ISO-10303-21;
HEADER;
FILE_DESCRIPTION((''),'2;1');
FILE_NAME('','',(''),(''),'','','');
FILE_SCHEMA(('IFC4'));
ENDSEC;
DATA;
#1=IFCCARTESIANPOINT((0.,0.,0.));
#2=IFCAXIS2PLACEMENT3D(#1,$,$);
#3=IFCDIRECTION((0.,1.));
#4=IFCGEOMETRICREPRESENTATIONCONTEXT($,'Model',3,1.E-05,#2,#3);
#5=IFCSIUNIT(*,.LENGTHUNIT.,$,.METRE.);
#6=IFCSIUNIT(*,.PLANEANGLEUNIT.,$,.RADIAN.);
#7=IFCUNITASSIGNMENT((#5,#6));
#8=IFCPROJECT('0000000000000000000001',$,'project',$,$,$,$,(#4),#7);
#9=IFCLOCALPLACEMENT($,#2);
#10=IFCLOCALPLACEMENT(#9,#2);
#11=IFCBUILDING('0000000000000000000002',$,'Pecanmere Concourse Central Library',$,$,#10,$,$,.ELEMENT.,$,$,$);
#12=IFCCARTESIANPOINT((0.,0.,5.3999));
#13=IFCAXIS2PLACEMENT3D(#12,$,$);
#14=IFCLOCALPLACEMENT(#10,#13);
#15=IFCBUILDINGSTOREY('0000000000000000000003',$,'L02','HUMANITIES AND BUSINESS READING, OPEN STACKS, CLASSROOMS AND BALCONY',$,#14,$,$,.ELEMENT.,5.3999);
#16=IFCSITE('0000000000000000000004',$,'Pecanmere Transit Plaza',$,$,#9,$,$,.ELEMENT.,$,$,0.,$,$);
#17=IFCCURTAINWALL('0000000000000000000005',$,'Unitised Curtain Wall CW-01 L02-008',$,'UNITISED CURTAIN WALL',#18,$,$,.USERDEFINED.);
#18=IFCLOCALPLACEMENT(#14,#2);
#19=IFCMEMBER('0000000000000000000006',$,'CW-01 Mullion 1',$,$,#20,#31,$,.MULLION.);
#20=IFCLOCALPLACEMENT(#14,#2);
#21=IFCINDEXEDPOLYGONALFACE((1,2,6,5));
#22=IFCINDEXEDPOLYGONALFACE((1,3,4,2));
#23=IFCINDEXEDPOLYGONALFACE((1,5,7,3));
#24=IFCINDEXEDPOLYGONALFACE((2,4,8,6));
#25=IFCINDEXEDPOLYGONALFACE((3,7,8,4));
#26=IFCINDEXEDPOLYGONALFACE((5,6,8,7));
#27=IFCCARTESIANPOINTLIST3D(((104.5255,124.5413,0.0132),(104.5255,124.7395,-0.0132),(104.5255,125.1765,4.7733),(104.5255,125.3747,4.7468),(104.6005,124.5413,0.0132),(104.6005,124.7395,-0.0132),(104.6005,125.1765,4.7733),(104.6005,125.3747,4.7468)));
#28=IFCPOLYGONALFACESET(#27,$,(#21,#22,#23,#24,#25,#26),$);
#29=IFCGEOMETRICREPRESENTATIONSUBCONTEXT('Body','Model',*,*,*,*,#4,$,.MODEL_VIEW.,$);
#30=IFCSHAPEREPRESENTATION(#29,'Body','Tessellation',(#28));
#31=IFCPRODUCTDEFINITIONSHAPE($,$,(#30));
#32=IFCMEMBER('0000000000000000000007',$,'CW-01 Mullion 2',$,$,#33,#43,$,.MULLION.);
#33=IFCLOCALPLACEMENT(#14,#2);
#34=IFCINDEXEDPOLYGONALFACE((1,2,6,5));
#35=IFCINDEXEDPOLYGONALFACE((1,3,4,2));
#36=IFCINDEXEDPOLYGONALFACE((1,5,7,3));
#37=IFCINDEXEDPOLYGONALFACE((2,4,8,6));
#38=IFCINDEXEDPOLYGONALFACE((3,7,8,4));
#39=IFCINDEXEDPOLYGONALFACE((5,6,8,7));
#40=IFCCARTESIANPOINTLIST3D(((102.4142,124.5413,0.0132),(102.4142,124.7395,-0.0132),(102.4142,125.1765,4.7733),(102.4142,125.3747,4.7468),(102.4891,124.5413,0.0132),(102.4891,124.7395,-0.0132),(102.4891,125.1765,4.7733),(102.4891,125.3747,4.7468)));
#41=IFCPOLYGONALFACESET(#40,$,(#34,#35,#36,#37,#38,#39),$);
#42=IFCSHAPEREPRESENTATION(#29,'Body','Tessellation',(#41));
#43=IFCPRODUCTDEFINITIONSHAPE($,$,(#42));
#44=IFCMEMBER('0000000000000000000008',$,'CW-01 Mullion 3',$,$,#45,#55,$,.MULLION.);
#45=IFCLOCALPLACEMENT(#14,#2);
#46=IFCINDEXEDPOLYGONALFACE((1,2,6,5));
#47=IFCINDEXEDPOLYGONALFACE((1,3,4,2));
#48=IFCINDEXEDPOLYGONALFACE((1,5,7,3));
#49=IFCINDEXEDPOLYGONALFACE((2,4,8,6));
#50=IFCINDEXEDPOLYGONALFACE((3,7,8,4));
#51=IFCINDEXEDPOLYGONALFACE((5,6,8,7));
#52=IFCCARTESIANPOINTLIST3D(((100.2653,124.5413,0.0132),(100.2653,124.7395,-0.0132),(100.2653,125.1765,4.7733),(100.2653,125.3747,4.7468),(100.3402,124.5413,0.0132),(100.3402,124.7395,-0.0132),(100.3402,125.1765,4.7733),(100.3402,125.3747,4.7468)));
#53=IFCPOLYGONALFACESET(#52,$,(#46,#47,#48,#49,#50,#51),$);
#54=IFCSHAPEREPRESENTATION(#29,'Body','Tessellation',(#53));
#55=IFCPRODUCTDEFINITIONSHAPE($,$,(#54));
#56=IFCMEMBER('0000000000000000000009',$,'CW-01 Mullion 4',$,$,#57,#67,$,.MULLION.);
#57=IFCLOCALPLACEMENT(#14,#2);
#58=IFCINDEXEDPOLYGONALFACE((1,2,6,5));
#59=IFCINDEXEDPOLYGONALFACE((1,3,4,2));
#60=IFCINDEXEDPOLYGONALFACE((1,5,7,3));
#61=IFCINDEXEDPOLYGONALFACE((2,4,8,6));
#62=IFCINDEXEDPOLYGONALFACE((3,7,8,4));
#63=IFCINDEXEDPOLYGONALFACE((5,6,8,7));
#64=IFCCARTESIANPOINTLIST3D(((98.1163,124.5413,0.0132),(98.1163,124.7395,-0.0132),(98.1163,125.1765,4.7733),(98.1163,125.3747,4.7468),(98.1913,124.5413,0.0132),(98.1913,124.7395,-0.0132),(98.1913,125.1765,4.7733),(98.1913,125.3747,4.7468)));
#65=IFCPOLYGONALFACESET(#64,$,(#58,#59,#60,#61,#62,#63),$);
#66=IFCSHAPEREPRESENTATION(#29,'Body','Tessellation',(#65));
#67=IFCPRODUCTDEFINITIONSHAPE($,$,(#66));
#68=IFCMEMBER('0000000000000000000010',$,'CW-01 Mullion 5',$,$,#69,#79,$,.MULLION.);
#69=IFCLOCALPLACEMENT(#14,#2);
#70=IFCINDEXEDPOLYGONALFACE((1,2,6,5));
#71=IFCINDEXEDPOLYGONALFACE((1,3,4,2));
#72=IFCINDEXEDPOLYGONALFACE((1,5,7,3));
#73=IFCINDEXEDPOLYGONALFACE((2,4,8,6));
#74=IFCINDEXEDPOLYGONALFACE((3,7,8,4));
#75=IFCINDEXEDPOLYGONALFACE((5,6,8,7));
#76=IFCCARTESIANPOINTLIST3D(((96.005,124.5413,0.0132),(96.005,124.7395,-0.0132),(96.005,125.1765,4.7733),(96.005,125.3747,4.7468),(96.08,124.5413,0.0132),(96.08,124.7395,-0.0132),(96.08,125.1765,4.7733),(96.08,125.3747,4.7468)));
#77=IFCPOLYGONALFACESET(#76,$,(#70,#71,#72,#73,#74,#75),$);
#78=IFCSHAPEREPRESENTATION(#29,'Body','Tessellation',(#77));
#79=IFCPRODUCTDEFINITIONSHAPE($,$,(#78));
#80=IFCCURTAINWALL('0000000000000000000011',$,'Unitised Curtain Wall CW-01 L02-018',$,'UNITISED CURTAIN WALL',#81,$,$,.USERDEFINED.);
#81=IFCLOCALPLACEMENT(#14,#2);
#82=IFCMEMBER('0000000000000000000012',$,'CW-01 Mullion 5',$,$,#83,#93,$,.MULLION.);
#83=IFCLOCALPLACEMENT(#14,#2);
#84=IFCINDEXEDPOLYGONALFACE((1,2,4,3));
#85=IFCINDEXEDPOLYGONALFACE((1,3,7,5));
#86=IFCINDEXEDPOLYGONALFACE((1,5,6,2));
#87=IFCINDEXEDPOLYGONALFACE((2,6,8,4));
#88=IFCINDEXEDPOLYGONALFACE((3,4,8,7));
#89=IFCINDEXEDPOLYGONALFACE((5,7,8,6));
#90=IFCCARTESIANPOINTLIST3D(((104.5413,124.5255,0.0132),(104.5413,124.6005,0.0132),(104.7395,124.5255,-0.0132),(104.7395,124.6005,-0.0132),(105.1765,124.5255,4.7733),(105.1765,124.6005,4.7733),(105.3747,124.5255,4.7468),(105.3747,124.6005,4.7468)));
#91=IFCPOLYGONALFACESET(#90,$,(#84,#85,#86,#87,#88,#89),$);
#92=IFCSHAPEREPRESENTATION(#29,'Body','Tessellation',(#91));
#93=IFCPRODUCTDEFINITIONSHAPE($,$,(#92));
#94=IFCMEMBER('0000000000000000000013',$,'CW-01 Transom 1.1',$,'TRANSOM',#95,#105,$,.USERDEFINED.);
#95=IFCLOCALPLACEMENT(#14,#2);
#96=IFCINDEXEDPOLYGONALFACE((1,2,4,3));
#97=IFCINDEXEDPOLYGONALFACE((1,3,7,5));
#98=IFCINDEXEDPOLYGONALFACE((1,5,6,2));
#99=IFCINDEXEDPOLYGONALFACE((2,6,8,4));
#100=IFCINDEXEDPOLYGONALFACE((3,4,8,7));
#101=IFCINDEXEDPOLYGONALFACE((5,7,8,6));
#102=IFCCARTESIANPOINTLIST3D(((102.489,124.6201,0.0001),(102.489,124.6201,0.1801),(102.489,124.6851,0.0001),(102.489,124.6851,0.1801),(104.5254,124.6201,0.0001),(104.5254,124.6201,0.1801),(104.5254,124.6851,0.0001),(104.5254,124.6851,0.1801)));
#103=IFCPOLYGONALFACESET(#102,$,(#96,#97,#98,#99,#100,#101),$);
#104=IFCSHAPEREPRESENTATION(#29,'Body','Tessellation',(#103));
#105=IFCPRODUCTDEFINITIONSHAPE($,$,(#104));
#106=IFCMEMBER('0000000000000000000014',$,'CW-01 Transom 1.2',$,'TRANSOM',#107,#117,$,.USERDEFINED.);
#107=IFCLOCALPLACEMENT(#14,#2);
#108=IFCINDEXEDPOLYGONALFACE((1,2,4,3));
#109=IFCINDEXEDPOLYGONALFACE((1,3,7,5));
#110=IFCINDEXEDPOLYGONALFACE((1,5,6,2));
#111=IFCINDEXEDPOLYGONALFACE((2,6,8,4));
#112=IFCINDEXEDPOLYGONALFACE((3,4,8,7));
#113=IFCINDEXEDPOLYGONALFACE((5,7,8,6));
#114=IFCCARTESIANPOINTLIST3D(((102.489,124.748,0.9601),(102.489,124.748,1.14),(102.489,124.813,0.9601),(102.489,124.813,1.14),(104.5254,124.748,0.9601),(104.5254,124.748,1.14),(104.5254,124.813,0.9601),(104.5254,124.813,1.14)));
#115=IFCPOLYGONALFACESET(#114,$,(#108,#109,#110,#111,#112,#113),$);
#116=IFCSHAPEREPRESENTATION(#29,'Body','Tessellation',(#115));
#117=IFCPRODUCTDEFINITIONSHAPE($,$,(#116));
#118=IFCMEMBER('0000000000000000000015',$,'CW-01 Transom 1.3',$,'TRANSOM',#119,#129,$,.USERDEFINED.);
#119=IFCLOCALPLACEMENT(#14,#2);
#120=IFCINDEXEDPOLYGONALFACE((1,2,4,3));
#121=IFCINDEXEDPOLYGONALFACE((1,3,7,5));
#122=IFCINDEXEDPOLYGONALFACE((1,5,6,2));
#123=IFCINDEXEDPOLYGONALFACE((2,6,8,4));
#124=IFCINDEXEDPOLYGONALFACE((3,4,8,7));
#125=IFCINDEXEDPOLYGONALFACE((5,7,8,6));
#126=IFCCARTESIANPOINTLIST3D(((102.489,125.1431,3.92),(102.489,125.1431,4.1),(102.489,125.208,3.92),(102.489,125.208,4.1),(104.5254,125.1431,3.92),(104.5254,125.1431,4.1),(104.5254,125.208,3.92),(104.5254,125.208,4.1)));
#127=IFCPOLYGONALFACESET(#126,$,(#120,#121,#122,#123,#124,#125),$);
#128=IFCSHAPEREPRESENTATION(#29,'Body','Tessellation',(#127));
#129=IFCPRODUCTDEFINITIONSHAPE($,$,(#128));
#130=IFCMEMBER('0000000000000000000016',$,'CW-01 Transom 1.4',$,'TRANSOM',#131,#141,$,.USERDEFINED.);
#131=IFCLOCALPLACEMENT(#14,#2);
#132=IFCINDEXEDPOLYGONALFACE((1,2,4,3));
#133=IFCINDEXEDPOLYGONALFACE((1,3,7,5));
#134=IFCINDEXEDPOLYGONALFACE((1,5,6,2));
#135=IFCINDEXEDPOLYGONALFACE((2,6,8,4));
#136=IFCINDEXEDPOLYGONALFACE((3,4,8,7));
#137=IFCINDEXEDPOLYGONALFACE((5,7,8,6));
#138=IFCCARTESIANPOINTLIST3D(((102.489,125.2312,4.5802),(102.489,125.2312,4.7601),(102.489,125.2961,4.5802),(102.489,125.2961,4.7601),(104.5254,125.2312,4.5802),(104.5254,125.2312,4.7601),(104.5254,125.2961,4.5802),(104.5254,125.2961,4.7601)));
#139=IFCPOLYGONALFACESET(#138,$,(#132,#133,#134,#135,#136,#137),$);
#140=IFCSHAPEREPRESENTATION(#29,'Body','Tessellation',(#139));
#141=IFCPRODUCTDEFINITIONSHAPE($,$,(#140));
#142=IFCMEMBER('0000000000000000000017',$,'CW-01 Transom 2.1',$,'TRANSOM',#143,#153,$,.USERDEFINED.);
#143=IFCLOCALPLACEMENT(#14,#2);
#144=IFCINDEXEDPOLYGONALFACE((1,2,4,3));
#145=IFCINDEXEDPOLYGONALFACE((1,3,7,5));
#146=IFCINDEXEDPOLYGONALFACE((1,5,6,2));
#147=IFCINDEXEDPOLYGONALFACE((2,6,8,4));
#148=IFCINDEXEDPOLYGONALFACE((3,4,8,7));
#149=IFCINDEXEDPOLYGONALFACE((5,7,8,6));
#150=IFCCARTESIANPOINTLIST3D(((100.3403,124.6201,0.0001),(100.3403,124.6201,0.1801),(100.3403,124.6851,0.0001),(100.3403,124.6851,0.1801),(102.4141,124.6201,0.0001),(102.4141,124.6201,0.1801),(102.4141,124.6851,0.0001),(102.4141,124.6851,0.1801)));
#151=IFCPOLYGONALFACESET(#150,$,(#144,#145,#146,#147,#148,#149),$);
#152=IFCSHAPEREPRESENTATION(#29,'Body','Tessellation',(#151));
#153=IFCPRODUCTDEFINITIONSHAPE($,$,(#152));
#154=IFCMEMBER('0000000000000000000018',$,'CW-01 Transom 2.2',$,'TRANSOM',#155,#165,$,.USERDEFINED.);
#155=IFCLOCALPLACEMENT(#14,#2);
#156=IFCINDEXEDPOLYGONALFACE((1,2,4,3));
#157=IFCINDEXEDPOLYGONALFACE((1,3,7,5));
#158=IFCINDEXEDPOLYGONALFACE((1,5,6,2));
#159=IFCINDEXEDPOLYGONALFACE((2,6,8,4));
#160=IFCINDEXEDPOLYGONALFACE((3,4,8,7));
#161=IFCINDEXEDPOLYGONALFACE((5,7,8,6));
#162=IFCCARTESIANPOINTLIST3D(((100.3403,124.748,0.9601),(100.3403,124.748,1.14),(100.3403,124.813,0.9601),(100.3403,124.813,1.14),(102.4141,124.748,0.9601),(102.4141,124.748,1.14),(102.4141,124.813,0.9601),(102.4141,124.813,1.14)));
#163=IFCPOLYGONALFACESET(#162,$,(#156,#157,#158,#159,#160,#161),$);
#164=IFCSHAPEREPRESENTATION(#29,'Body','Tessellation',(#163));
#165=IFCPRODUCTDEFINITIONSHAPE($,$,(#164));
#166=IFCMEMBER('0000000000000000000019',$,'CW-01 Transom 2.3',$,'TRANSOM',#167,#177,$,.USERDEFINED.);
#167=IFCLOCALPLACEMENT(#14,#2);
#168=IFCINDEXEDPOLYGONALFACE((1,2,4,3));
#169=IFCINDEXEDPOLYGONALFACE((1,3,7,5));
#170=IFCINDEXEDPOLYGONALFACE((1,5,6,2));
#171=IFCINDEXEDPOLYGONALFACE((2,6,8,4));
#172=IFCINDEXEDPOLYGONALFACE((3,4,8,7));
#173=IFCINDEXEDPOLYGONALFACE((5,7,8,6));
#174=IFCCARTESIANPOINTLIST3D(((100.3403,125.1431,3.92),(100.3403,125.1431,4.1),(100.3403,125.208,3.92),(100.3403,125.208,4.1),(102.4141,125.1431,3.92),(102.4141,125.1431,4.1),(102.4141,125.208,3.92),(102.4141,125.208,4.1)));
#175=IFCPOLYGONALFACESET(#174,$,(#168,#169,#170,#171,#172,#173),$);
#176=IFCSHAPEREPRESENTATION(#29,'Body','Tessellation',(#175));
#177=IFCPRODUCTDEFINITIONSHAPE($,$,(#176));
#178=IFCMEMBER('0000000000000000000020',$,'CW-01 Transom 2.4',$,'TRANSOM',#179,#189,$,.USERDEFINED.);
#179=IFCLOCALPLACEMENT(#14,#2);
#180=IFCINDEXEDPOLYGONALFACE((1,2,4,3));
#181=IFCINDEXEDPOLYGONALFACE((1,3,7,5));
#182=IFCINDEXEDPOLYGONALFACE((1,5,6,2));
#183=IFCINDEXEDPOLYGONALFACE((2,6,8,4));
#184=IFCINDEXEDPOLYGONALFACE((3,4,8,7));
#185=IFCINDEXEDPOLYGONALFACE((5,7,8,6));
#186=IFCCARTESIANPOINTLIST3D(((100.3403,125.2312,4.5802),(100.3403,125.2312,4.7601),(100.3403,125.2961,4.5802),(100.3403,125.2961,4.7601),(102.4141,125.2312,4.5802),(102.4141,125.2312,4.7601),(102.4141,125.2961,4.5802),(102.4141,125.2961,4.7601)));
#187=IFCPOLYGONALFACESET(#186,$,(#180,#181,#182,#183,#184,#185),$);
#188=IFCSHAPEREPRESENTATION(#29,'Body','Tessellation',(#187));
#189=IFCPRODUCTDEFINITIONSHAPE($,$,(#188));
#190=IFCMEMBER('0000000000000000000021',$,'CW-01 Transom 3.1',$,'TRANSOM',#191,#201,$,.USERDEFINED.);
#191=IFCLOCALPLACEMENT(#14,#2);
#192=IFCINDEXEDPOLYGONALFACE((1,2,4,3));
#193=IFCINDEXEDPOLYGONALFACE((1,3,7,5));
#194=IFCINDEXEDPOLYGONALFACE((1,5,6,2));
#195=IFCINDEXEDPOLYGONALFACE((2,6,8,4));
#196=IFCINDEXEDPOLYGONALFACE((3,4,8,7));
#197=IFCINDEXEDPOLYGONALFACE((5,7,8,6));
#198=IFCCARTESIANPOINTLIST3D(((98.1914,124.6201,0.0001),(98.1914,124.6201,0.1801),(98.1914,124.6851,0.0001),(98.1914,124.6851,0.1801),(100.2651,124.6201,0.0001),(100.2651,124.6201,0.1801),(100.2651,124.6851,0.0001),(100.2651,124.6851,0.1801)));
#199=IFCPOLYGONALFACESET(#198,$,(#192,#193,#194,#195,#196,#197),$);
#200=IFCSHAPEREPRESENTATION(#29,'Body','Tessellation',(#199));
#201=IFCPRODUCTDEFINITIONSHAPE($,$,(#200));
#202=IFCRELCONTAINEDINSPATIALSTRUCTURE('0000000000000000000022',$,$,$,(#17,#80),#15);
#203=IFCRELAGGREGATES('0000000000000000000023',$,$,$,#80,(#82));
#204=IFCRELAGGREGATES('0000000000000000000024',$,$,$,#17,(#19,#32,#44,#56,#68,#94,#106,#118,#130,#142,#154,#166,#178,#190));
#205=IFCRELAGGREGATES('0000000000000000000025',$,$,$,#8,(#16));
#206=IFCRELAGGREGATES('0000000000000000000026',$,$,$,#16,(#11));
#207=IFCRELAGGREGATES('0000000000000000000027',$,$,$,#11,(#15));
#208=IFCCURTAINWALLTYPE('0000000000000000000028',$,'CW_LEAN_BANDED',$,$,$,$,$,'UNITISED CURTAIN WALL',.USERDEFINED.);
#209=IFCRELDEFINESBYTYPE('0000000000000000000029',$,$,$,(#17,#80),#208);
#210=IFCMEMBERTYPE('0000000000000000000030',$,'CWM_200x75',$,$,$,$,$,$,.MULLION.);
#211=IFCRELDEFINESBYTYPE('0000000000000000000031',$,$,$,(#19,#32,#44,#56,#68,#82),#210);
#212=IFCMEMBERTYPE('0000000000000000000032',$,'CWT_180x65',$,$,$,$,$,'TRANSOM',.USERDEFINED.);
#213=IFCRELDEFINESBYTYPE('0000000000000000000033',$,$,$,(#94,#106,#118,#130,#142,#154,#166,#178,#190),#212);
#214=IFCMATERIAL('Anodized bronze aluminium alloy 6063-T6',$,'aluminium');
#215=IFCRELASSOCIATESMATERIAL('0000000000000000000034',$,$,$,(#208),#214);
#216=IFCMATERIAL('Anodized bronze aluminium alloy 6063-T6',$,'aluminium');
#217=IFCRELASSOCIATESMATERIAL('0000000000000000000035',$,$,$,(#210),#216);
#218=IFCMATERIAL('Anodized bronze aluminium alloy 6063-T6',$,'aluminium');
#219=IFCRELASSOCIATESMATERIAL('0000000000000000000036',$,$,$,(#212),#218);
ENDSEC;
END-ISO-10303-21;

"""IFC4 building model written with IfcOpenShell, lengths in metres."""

from ifc_helpers import new_model, si_unit, direction, frame, origin, origin_2d, place, context, subcontext, project, spatial, rectangle, extrude, material, material_profile, profile_set, type_object, element, aggregate, save


model = new_model("IFC4")

# Units and contexts
model_context = context("Model", 3, precision=1e-05, world=origin(), true_north=direction((0.0, 1.0)))
body_context = subcontext(model_context, "Body", "Model", "MODEL_VIEW")
ifc_project = project(units=[si_unit("LENGTHUNIT", "METRE"), si_unit("PLANEANGLEUNIT", "RADIAN")], contexts=[model_context])

# Site, building, storey
site_placement = place(None, origin())
site = spatial("IfcSite", under=ifc_project, at=site_placement, Name="Pecanmere Transit Plaza", CompositionType="ELEMENT", RefElevation=0.0)
building_placement = place(site_placement, origin())
building = spatial("IfcBuilding", under=site, at=building_placement, Name="Pecanmere Concourse Central Library", CompositionType="ELEMENT")
storey_placement = place(building_placement, frame((0.0, 0.0, 5.3999)))
storey = spatial("IfcBuildingStorey", under=building, at=storey_placement, Name="L02", Description="HUMANITIES AND BUSINESS READING, OPEN STACKS, CLASSROOMS AND BALCONY", CompositionType="ELEMENT", Elevation=5.3999)

# Curtain wall, members
ifc_material_1 = material(Name="Anodized bronze aluminium alloy 6063-T6", Category="aluminium")
curtain_wall_type = type_object("IfcCurtainWallType", Name="CW_LEAN_BANDED", ElementType="UNITISED CURTAIN WALL", PredefinedType="USERDEFINED", material=ifc_material_1)
curtain_wall_1_placement = place(storey_placement, origin())
curtain_wall_1 = element("IfcCurtainWall", 1, at=curtain_wall_1_placement, inside=storey, type_object=curtain_wall_type, Name="Unitised Curtain Wall CW-01 L02-008", ObjectType="UNITISED CURTAIN WALL", PredefinedType="USERDEFINED")
ifc_material_2 = material(Name="Anodized bronze aluminium alloy 6063-T6", Category="aluminium")
ifc_material_profile_1 = material_profile(ifc_material_2, rectangle(XDim=0.075, YDim=0.2, at=origin_2d()), Name="AL 75x200")
ifc_profile_set_1 = profile_set([ifc_material_profile_1], Name="Anodized bronze aluminium alloy 6063-T6")
member_type_1 = type_object("IfcMemberType", Name="CWM_200x75", PredefinedType="MULLION", material=ifc_profile_set_1)
member_1_placement = place(storey_placement, frame((104.563, 124.6404, 0.0), z_axis=(0.0, 0.132284, 0.991212), x_axis=(-1.0, 0.0, 0.0)))
member_1 = element("IfcMember", 2, at=member_1_placement, type_object=member_type_1, Name="CW-01 Mullion 1", PredefinedType="MULLION", context=body_context, shape_type="SweptSolid", body=[
    extrude(rectangle(XDim=0.075, YDim=0.2, at=origin_2d()), origin(), (0.0, 0.0, 1.0), 4.8022),
])
member_2_placement = place(storey_placement, frame((102.4517, 124.6404, 0.0), z_axis=(0.0, 0.132284, 0.991212), x_axis=(-1.0, 0.0, 0.0)))
member_2 = element("IfcMember", 3, at=member_2_placement, type_object=member_type_1, Name="CW-01 Mullion 2", PredefinedType="MULLION", context=body_context, shape_type="SweptSolid", body=[
    extrude(rectangle(XDim=0.075, YDim=0.2, at=origin_2d()), origin(), (0.0, 0.0, 1.0), 4.8022),
])
member_3_placement = place(storey_placement, frame((100.3027, 124.6404, 0.0), z_axis=(0.0, 0.132284, 0.991212), x_axis=(-1.0, 0.0, 0.0)))
member_3 = element("IfcMember", 4, at=member_3_placement, type_object=member_type_1, Name="CW-01 Mullion 3", PredefinedType="MULLION", context=body_context, shape_type="SweptSolid", body=[
    extrude(rectangle(XDim=0.075, YDim=0.2, at=origin_2d()), origin(), (0.0, 0.0, 1.0), 4.8022),
])
member_4_placement = place(storey_placement, frame((98.1538, 124.6404, 0.0), z_axis=(0.0, 0.132284, 0.991212), x_axis=(-1.0, 0.0, 0.0)))
member_4 = element("IfcMember", 5, at=member_4_placement, type_object=member_type_1, Name="CW-01 Mullion 4", PredefinedType="MULLION", context=body_context, shape_type="SweptSolid", body=[
    extrude(rectangle(XDim=0.075, YDim=0.2, at=origin_2d()), origin(), (0.0, 0.0, 1.0), 4.8022),
])
member_5_placement = place(storey_placement, frame((96.0425, 124.6404, 0.0), z_axis=(0.0, 0.132284, 0.991212), x_axis=(-1.0, 0.0, 0.0)))
member_5 = element("IfcMember", 6, at=member_5_placement, type_object=member_type_1, Name="CW-01 Mullion 5", PredefinedType="MULLION", context=body_context, shape_type="SweptSolid", body=[
    extrude(rectangle(XDim=0.075, YDim=0.2, at=origin_2d()), origin(), (0.0, 0.0, 1.0), 4.8022),
])

# Curtain wall, member
curtain_wall_2_placement = place(storey_placement, origin())
curtain_wall_2 = element("IfcCurtainWall", 7, at=curtain_wall_2_placement, inside=storey, type_object=curtain_wall_type, Name="Unitised Curtain Wall CW-01 L02-018", ObjectType="UNITISED CURTAIN WALL", PredefinedType="USERDEFINED")
member_6_placement = place(storey_placement, frame((104.6404, 124.563, 0.0), z_axis=(0.132284, 0.0, 0.991212), x_axis=(0.0, 1.0, 0.0)))
member_6 = element("IfcMember", 8, at=member_6_placement, type_object=member_type_1, Name="CW-01 Mullion 5", PredefinedType="MULLION", context=body_context, shape_type="SweptSolid", body=[
    extrude(rectangle(XDim=0.075, YDim=0.2, at=origin_2d()), origin(), (0.0, 0.0, 1.0), 4.8022),
])
aggregate(curtain_wall_2, [member_6])

# Members
ifc_material_3 = material(Name="Anodized bronze aluminium alloy 6063-T6", Category="aluminium")
ifc_material_profile_2 = material_profile(ifc_material_3, rectangle(XDim=0.0649, YDim=0.1799, at=origin_2d()), Name="AL 65x180")
ifc_profile_set_2 = profile_set([ifc_material_profile_2], Name="Anodized bronze aluminium alloy 6063-T6")
member_type_2 = type_object("IfcMemberType", Name="CWT_180x65", ElementType="TRANSOM", PredefinedType="USERDEFINED", material=ifc_profile_set_2)
member_7_placement = place(storey_placement, frame((104.5254, 124.6526, 0.0901), z_axis=(-1.0, 0.0, 0.0), x_axis=(0.0, -1.0, 0.0)))
member_7 = element("IfcMember", 9, at=member_7_placement, type_object=member_type_2, Name="CW-01 Transom 1.1", ObjectType="TRANSOM", PredefinedType="USERDEFINED", context=body_context, shape_type="SweptSolid", body=[
    extrude(rectangle(XDim=0.0649, YDim=0.1799, at=origin_2d()), origin(), (0.0, 0.0, 1.0), 2.0364),
])
member_8_placement = place(storey_placement, frame((104.5254, 124.7805, 1.05), z_axis=(-1.0, 0.0, 0.0), x_axis=(0.0, -1.0, 0.0)))
member_8 = element("IfcMember", 10, at=member_8_placement, type_object=member_type_2, Name="CW-01 Transom 1.2", ObjectType="TRANSOM", PredefinedType="USERDEFINED", context=body_context, shape_type="SweptSolid", body=[
    extrude(rectangle(XDim=0.0649, YDim=0.1799, at=origin_2d()), origin(), (0.0, 0.0, 1.0), 2.0364),
])
member_9_placement = place(storey_placement, frame((104.5254, 125.1755, 4.01), z_axis=(-1.0, 0.0, 0.0), x_axis=(0.0, -1.0, 0.0)))
member_9 = element("IfcMember", 11, at=member_9_placement, type_object=member_type_2, Name="CW-01 Transom 1.3", ObjectType="TRANSOM", PredefinedType="USERDEFINED", context=body_context, shape_type="SweptSolid", body=[
    extrude(rectangle(XDim=0.0649, YDim=0.1799, at=origin_2d()), origin(), (0.0, 0.0, 1.0), 2.0364),
])
member_10_placement = place(storey_placement, frame((104.5254, 125.2637, 4.6702), z_axis=(-1.0, 0.0, 0.0), x_axis=(0.0, -1.0, 0.0)))
member_10 = element("IfcMember", 12, at=member_10_placement, type_object=member_type_2, Name="CW-01 Transom 1.4", ObjectType="TRANSOM", PredefinedType="USERDEFINED", context=body_context, shape_type="SweptSolid", body=[
    extrude(rectangle(XDim=0.0649, YDim=0.1799, at=origin_2d()), origin(), (0.0, 0.0, 1.0), 2.0364),
])
member_11_placement = place(storey_placement, frame((102.4141, 124.6526, 0.0901), z_axis=(-1.0, 0.0, 0.0), x_axis=(0.0, -1.0, 0.0)))
member_11 = element("IfcMember", 13, at=member_11_placement, type_object=member_type_2, Name="CW-01 Transom 2.1", ObjectType="TRANSOM", PredefinedType="USERDEFINED", context=body_context, shape_type="SweptSolid", body=[
    extrude(rectangle(XDim=0.0649, YDim=0.1799, at=origin_2d()), origin(), (0.0, 0.0, 1.0), 2.0737),
])
member_12_placement = place(storey_placement, frame((102.4141, 124.7805, 1.05), z_axis=(-1.0, 0.0, 0.0), x_axis=(0.0, -1.0, 0.0)))
member_12 = element("IfcMember", 14, at=member_12_placement, type_object=member_type_2, Name="CW-01 Transom 2.2", ObjectType="TRANSOM", PredefinedType="USERDEFINED", context=body_context, shape_type="SweptSolid", body=[
    extrude(rectangle(XDim=0.0649, YDim=0.1799, at=origin_2d()), origin(), (0.0, 0.0, 1.0), 2.0737),
])
member_13_placement = place(storey_placement, frame((102.4141, 125.1755, 4.01), z_axis=(-1.0, 0.0, 0.0), x_axis=(0.0, -1.0, 0.0)))
member_13 = element("IfcMember", 15, at=member_13_placement, type_object=member_type_2, Name="CW-01 Transom 2.3", ObjectType="TRANSOM", PredefinedType="USERDEFINED", context=body_context, shape_type="SweptSolid", body=[
    extrude(rectangle(XDim=0.0649, YDim=0.1799, at=origin_2d()), origin(), (0.0, 0.0, 1.0), 2.0737),
])
member_14_placement = place(storey_placement, frame((102.4141, 125.2637, 4.6702), z_axis=(-1.0, 0.0, 0.0), x_axis=(0.0, -1.0, 0.0)))
member_14 = element("IfcMember", 16, at=member_14_placement, type_object=member_type_2, Name="CW-01 Transom 2.4", ObjectType="TRANSOM", PredefinedType="USERDEFINED", context=body_context, shape_type="SweptSolid", body=[
    extrude(rectangle(XDim=0.0649, YDim=0.1799, at=origin_2d()), origin(), (0.0, 0.0, 1.0), 2.0737),
])
member_15_placement = place(storey_placement, frame((100.2651, 124.6526, 0.0901), z_axis=(-1.0, 0.0, 0.0), x_axis=(0.0, -1.0, 0.0)))
member_15 = element("IfcMember", 17, at=member_15_placement, type_object=member_type_2, Name="CW-01 Transom 3.1", ObjectType="TRANSOM", PredefinedType="USERDEFINED", context=body_context, shape_type="SweptSolid", body=[
    extrude(rectangle(XDim=0.0649, YDim=0.1799, at=origin_2d()), origin(), (0.0, 0.0, 1.0), 2.0737),
])

aggregate(curtain_wall_1, [member_1, member_2, member_3, member_4, member_5, member_7, member_8, member_9, member_10, member_11, member_12, member_13, member_14, member_15])

save(model, "model.ifc")
